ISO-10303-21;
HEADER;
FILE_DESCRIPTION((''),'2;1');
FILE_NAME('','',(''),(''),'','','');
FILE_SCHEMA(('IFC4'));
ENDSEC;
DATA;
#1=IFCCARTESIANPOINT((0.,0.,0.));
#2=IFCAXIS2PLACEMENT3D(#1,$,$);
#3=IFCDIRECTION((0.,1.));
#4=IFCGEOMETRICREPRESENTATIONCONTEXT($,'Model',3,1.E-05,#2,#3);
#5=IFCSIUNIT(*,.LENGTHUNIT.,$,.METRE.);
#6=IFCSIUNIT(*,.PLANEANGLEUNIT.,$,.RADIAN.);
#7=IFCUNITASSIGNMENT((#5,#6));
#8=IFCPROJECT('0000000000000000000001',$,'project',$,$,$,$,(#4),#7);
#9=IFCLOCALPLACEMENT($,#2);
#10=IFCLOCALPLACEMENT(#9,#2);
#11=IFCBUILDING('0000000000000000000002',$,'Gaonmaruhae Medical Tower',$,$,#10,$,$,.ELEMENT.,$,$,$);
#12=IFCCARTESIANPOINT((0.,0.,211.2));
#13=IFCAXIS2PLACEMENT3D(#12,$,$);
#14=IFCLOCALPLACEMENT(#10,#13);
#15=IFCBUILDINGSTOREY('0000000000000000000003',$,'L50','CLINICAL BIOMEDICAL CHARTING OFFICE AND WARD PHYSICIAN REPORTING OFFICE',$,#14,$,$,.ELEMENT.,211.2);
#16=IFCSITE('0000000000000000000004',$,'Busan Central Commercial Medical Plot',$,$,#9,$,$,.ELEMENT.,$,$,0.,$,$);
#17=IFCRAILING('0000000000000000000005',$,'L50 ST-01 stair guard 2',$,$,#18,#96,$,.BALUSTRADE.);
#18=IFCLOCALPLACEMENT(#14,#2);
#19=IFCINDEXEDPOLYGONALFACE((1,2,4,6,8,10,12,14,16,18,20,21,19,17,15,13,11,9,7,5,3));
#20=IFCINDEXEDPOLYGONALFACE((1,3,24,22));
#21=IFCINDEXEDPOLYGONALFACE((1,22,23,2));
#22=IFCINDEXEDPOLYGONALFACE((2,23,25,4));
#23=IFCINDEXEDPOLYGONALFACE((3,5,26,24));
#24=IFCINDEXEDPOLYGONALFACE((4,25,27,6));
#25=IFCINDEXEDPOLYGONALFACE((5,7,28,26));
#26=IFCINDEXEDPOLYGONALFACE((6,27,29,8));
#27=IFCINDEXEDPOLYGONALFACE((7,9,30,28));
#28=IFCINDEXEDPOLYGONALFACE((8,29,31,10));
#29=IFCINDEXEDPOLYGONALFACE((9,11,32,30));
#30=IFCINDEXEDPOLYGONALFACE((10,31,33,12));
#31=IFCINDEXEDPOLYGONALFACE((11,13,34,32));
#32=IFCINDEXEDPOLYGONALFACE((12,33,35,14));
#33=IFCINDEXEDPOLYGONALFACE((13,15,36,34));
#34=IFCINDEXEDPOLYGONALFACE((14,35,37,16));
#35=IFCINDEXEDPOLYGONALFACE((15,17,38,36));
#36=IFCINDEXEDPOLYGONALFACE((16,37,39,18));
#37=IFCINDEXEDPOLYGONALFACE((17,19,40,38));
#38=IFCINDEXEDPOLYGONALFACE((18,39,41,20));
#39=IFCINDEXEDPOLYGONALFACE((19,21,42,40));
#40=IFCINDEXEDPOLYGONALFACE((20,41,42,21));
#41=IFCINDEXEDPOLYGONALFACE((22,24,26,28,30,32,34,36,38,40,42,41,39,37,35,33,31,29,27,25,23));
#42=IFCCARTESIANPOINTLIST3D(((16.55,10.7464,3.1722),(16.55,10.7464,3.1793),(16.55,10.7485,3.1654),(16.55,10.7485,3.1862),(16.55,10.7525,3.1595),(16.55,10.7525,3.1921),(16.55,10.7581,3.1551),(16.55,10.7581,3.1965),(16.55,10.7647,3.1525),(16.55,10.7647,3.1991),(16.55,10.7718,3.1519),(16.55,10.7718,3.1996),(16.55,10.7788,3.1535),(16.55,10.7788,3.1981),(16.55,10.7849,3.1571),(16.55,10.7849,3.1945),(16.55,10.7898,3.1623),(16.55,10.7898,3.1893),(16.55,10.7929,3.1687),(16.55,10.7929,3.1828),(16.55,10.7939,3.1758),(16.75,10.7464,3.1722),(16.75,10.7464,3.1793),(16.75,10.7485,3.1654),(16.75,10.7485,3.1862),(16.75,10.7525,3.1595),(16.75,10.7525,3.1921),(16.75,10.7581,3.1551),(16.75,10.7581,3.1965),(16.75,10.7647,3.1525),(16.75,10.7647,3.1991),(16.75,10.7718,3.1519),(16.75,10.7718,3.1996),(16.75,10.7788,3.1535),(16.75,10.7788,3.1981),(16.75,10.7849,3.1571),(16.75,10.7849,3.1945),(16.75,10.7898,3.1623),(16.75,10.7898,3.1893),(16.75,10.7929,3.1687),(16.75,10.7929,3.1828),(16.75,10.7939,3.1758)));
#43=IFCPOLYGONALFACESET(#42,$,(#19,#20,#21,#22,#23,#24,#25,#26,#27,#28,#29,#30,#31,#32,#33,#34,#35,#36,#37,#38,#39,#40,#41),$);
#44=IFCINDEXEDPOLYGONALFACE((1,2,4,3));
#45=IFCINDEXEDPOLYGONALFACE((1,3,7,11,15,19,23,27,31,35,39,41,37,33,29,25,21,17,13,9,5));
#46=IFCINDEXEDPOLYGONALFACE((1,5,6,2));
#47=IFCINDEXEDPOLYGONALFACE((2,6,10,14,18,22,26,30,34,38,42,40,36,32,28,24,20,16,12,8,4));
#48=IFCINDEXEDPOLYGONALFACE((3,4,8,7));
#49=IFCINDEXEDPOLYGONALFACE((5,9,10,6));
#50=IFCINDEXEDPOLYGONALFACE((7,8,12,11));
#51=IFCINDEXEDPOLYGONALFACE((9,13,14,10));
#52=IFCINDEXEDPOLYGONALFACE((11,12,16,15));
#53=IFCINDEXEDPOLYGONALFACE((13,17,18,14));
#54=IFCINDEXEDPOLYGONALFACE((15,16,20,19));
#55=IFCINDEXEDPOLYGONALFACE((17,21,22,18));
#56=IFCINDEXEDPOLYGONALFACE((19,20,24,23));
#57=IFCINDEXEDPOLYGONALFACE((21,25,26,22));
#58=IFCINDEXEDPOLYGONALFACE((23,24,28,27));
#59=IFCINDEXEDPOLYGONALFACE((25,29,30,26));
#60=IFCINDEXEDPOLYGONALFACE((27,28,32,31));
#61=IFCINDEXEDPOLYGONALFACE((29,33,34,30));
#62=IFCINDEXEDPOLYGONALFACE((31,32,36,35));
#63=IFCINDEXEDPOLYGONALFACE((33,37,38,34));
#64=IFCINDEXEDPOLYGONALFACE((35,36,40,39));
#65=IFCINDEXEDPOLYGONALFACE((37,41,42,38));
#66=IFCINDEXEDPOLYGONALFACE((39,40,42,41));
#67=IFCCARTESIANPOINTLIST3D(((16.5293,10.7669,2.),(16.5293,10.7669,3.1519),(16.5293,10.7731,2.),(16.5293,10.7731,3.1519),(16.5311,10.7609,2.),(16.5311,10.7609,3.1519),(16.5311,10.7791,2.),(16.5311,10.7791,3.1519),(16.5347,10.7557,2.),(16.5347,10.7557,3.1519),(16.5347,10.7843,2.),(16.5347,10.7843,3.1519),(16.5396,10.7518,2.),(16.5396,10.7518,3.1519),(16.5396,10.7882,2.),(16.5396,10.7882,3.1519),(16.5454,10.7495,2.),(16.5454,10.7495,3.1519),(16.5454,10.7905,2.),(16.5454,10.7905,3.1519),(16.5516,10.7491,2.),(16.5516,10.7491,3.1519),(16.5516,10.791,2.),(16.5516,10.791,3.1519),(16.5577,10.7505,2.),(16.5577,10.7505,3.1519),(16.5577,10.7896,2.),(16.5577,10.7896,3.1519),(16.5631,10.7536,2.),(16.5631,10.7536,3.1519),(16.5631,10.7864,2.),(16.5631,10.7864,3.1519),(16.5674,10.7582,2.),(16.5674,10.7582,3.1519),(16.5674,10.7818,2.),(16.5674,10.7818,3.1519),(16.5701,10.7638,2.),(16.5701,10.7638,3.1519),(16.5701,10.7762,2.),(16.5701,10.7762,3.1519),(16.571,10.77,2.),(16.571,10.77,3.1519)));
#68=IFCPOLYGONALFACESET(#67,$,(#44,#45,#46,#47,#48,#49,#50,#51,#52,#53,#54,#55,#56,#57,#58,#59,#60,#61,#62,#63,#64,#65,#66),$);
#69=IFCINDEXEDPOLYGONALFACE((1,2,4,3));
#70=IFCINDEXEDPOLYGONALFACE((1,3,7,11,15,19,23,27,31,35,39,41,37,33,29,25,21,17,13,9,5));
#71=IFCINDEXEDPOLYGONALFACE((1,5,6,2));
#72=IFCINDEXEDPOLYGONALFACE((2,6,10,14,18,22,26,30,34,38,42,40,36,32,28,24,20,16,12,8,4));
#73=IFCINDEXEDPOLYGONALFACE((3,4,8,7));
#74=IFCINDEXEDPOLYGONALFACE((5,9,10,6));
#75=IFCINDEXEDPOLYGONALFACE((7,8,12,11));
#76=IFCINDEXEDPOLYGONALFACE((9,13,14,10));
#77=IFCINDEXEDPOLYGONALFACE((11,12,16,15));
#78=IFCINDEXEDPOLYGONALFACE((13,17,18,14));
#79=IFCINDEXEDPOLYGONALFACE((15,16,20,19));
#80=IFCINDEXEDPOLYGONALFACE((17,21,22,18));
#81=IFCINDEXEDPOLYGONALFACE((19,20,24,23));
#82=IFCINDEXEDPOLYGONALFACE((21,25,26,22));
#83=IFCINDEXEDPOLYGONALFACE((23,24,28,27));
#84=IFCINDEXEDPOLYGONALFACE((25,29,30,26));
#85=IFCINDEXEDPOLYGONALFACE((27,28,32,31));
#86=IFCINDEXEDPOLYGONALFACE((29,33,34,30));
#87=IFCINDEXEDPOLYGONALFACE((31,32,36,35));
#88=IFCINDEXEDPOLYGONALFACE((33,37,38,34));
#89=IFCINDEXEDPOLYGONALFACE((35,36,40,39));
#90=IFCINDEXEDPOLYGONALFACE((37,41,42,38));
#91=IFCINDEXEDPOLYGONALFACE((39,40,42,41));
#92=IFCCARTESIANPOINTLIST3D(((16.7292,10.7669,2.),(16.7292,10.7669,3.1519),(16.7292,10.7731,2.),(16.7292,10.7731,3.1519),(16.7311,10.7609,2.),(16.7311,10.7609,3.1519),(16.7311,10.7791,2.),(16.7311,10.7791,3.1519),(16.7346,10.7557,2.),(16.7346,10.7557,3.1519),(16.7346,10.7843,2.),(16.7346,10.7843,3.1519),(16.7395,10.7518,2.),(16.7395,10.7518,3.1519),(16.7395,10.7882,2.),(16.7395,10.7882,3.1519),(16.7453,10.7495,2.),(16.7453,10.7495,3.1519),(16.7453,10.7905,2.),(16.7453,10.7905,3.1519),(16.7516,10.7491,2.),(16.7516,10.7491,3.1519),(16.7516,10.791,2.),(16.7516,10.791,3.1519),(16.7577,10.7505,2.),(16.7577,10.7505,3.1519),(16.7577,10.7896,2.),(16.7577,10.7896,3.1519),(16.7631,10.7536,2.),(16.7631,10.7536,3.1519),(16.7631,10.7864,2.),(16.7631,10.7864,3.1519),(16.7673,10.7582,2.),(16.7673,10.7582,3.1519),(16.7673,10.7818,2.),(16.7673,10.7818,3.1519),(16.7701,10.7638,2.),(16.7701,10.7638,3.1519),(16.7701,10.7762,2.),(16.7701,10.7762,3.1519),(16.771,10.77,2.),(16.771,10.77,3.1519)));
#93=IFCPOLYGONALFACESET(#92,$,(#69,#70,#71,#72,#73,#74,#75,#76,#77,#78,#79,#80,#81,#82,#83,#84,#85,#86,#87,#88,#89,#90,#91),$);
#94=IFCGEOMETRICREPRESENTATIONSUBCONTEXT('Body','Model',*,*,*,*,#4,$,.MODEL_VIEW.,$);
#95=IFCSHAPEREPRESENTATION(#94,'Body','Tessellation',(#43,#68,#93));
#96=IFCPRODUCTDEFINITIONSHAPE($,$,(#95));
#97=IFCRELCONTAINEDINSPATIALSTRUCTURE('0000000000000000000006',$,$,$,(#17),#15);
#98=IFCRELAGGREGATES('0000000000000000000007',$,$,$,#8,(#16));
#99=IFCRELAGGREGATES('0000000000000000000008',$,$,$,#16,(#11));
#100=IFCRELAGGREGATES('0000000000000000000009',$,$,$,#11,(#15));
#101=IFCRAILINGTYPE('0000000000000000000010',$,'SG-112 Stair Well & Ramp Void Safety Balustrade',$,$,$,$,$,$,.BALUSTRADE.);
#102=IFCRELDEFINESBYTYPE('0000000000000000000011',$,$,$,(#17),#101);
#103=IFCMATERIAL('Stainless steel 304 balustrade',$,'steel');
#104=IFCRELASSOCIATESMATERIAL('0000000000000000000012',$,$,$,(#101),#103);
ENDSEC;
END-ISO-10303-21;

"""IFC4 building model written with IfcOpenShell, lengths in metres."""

from ifc_helpers import new_model, si_unit, direction, frame, origin, origin_2d, place, context, subcontext, project, spatial, circle, extrude, material, type_object, element, save


model = new_model("IFC4")

# Units and contexts
model_context = context("Model", 3, precision=1e-05, world=origin(), true_north=direction((0.0, 1.0)))
body_context = subcontext(model_context, "Body", "Model", "MODEL_VIEW")
ifc_project = project(units=[si_unit("LENGTHUNIT", "METRE"), si_unit("PLANEANGLEUNIT", "RADIAN")], contexts=[model_context])

# Site, building, storey
site_placement = place(None, origin())
site = spatial("IfcSite", under=ifc_project, at=site_placement, Name="Busan Central Commercial Medical Plot", CompositionType="ELEMENT", RefElevation=0.0)
building_placement = place(site_placement, origin())
building = spatial("IfcBuilding", under=site, at=building_placement, Name="Gaonmaruhae Medical Tower", CompositionType="ELEMENT")
storey_placement = place(building_placement, frame((0.0, 0.0, 211.2)))
storey = spatial("IfcBuildingStorey", under=building, at=storey_placement, Name="L50", Description="CLINICAL BIOMEDICAL CHARTING OFFICE AND WARD PHYSICIAN REPORTING OFFICE", CompositionType="ELEMENT", Elevation=211.2)

# Railing
ifc_material_1 = material(Name="Stainless steel 304 balustrade", Category="steel")
railing_type_1 = type_object("IfcRailingType", Name="SG-112 Stair Well & Ramp Void Safety Balustrade", PredefinedType="BALUSTRADE", material=ifc_material_1)
railing_1_placement = place(storey_placement, frame((16.55, 10.77, 2.0)))
element("IfcRailing", 1, at=railing_1_placement, inside=storey, type_object=railing_type_1, Name="L50 ST-01 stair guard 2", PredefinedType="BALUSTRADE", context=body_context, shape_type="SweptSolid", body=[
    extrude(circle(Radius=0.0239, at=origin_2d()), frame((0.0, 0.0, 1.1758), z_axis=(1.0, 0.0, 0.0), x_axis=(0.0, 1.0, 0.0)), (0.0, 0.0, 1.0), 0.2),
    extrude(circle(Radius=0.021, at=origin_2d()), origin(), (0.0, 0.0, 1.0), 1.1519),
    extrude(circle(Radius=0.021, at=origin_2d()), frame((0.2, 0.0, 0.0)), (0.0, 0.0, 1.0), 1.1519),
])

save(model, "model.ifc")
